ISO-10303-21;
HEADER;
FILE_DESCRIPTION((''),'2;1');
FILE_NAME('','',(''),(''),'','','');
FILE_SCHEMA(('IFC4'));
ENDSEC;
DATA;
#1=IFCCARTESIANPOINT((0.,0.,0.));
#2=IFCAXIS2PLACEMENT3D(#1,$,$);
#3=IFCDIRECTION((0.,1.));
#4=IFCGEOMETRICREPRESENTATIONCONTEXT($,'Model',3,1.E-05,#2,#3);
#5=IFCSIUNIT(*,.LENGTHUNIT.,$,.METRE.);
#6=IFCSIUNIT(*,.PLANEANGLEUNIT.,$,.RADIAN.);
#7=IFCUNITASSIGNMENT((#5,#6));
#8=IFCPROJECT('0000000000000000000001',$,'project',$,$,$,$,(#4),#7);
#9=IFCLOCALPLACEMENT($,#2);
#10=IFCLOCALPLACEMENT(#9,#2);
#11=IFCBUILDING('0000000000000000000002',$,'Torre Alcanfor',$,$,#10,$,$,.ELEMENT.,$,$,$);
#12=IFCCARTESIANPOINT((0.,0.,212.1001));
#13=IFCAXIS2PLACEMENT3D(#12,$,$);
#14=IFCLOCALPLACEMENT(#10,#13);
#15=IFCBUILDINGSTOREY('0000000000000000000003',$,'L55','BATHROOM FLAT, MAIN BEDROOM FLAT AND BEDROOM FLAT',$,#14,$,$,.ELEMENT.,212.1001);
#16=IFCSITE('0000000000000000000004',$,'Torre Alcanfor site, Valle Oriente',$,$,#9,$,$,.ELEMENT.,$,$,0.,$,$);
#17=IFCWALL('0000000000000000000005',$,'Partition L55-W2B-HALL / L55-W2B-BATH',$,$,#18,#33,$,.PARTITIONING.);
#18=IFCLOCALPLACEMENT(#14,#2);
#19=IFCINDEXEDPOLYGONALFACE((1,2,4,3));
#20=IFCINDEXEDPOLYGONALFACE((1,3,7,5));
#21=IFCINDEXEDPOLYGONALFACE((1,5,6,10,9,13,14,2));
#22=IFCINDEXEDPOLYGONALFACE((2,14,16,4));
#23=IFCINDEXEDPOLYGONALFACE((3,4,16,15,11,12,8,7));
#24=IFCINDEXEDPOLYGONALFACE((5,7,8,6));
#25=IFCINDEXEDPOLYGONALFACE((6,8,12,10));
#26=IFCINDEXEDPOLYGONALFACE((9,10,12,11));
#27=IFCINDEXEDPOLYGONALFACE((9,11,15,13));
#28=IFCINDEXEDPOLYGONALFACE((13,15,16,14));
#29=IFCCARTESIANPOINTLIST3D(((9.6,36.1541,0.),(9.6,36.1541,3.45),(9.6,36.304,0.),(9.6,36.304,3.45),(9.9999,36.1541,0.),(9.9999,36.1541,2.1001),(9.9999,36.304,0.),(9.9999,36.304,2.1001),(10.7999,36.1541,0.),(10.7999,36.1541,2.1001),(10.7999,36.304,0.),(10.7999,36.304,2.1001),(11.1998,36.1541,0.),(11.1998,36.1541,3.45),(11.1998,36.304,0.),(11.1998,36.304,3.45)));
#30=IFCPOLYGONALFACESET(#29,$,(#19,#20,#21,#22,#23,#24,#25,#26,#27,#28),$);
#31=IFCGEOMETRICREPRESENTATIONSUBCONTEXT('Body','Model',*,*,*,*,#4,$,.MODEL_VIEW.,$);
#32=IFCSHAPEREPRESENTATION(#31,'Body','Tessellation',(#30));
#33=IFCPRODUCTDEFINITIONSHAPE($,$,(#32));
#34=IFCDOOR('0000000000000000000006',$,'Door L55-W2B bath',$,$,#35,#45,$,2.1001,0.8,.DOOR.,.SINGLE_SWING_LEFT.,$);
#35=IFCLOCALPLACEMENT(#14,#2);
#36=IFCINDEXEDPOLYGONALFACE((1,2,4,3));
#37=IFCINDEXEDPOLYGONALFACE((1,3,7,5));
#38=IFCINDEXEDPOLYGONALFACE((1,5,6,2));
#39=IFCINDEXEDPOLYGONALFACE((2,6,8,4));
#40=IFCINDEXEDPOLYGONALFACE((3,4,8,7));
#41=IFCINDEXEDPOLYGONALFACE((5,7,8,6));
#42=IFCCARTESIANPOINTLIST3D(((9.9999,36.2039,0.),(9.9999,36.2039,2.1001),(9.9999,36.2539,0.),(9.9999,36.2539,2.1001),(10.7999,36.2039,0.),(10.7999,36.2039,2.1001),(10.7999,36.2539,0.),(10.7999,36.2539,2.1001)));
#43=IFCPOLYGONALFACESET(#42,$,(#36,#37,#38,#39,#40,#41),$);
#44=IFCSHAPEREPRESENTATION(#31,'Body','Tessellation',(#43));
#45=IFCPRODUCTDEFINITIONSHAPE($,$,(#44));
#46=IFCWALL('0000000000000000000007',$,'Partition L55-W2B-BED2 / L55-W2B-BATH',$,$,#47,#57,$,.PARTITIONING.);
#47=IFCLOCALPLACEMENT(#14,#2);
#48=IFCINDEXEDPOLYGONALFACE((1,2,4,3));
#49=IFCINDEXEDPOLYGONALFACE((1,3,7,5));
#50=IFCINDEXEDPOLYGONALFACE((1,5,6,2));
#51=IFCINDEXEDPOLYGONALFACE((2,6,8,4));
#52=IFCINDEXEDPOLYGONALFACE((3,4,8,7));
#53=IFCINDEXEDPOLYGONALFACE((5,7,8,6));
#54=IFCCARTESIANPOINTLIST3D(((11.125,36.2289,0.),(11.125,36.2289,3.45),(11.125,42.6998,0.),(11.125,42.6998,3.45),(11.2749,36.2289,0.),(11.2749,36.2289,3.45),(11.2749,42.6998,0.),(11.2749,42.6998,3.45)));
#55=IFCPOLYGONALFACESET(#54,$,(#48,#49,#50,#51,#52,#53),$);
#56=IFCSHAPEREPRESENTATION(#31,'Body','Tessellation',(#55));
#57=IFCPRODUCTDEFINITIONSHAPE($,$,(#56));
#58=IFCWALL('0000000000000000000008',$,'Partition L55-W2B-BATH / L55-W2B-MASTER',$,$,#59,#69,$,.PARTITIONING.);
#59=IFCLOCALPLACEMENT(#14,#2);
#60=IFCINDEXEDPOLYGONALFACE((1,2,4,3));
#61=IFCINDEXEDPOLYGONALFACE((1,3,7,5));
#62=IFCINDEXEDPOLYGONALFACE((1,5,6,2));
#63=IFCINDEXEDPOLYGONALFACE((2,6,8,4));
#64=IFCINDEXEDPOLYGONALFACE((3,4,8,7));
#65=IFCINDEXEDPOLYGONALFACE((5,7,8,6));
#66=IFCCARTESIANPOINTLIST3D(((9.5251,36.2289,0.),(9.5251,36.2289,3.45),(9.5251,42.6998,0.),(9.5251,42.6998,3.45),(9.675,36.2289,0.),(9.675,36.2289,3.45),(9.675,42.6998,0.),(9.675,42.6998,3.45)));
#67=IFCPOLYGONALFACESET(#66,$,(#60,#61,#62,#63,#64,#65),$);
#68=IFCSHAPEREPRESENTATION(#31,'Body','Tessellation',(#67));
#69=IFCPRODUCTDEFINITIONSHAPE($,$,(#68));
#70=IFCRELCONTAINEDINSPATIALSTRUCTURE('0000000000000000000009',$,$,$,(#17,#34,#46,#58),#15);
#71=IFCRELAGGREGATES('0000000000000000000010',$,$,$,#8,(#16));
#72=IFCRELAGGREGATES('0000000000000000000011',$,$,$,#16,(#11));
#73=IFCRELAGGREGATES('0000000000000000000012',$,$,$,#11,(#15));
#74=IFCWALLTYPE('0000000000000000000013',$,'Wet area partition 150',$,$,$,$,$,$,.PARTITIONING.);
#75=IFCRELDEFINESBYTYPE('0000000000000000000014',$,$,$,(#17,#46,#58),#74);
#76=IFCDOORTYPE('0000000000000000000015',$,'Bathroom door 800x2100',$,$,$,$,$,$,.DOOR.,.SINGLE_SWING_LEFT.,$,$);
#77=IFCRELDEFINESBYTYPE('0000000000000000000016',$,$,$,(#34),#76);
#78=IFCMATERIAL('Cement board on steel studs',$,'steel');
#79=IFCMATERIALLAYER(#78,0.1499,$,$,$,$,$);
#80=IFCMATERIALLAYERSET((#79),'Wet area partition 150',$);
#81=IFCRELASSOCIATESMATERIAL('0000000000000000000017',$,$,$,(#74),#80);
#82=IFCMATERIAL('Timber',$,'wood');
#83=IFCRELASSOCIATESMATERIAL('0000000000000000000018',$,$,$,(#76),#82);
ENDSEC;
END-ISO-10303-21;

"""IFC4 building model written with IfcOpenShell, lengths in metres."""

from ifc_helpers import new_model, si_unit, direction, frame, frame_2d, origin, place, context, subcontext, project, spatial, rectangle, extrude, material, layer, layer_set, type_object, element, fill, save


model = new_model("IFC4")

# Units and contexts
model_context = context("Model", 3, precision=1e-05, world=origin(), true_north=direction((0.0, 1.0)))
body_context = subcontext(model_context, "Body", "Model", "MODEL_VIEW")
ifc_project = project(units=[si_unit("LENGTHUNIT", "METRE"), si_unit("PLANEANGLEUNIT", "RADIAN")], contexts=[model_context])

# Site, building, storey
site_placement = place(None, origin())
site = spatial("IfcSite", under=ifc_project, at=site_placement, Name="Torre Alcanfor site, Valle Oriente", CompositionType="ELEMENT", RefElevation=0.0)
building_placement = place(site_placement, origin())
building = spatial("IfcBuilding", under=site, at=building_placement, Name="Torre Alcanfor", CompositionType="ELEMENT")
storey_placement = place(building_placement, frame((0.0, 0.0, 212.1001)))
storey = spatial("IfcBuildingStorey", under=building, at=storey_placement, Name="L55", Description="BATHROOM FLAT, MAIN BEDROOM FLAT AND BEDROOM FLAT", CompositionType="ELEMENT", Elevation=212.1001)

# Wall, opening, door
ifc_material_1 = material(Name="Cement board on steel studs", Category="steel")
ifc_layer_1 = layer(ifc_material_1, 0.1499)
ifc_layer_set_1 = layer_set([ifc_layer_1], Name="Wet area partition 150")
wall_type_1 = type_object("IfcWallType", Name="Wet area partition 150", PredefinedType="PARTITIONING", material=ifc_layer_set_1)
wall_1_placement = place(storey_placement, frame((9.6001, 36.229, 0.0), z_axis=(0.0, 0.0, 1.0), x_axis=(1.0, 0.0, 0.0)))
wall_1 = element("IfcWall", 1, at=wall_1_placement, inside=storey, type_object=wall_type_1, Name="Partition L55-W2B-HALL / L55-W2B-BATH", PredefinedType="PARTITIONING", context=body_context, shape_type="SweptSolid", body=[
    extrude(rectangle(XDim=1.5999, YDim=0.1499, at=frame_2d((0.7998, 0.0))), origin(), (0.0, 0.0, 1.0), 3.45),
])
opening_1_placement = place(wall_1_placement, frame((0.3999, 0.0, 0.0)))
opening_1 = element("IfcOpeningElement", 2, at=opening_1_placement, cuts=wall_1, PredefinedType="OPENING", context=body_context, shape_type="SweptSolid", body=[
    extrude(rectangle(XDim=0.8, YDim=2.1001, at=frame_2d((0.3999, 1.05))), frame((0.0, 0.085, 0.0), z_axis=(0.0, -1.0, 0.0), x_axis=(1.0, 0.0, 0.0)), (0.0, 0.0, 1.0), 0.1699),
])
ifc_material_2 = material(Name="Timber", Category="wood")
door_type_1 = type_object("IfcDoorType", Name="Bathroom door 800x2100", OperationType="SINGLE_SWING_LEFT", PredefinedType="DOOR", material=ifc_material_2)
door_1_placement = place(opening_1_placement, origin())
door_1 = element("IfcDoor", 3, at=door_1_placement, inside=storey, type_object=door_type_1, Name="Door L55-W2B bath", OperationType="SINGLE_SWING_LEFT", OverallHeight=2.1001, OverallWidth=0.8, PredefinedType="DOOR", context=body_context, shape_type="SweptSolid", body=[
    extrude(rectangle(XDim=0.8, YDim=2.1001, at=frame_2d((0.3999, 1.05))), frame((0.0, 0.0249, 0.0), z_axis=(0.0, -1.0, 0.0), x_axis=(1.0, 0.0, 0.0)), (0.0, 0.0, 1.0), 0.05),
])
fill(opening_1, door_1)

# Walls
for number, where, z_axis, x_axis, name in (
    (4, (11.2, 36.229, 0.0), (0.0, 0.0, 1.0), (0.0, 1.0, 0.0), "Partition L55-W2B-BED2 / L55-W2B-BATH"),
    (5, (9.6001, 36.229, 0.0), (0.0, 0.0, 1.0), (0.0, 1.0, 0.0), "Partition L55-W2B-BATH / L55-W2B-MASTER"),
):
    element("IfcWall", number, at=place(storey_placement, frame(where, z_axis=z_axis, x_axis=x_axis)), inside=storey, type_object=wall_type_1, Name=name, PredefinedType="PARTITIONING", context=body_context, shape_type="SweptSolid", body=[
        extrude(rectangle(XDim=6.4709, YDim=0.1499, at=frame_2d((3.2354, 0.0))), origin(), (0.0, 0.0, 1.0), 3.45),
    ])

save(model, "model.ifc")
